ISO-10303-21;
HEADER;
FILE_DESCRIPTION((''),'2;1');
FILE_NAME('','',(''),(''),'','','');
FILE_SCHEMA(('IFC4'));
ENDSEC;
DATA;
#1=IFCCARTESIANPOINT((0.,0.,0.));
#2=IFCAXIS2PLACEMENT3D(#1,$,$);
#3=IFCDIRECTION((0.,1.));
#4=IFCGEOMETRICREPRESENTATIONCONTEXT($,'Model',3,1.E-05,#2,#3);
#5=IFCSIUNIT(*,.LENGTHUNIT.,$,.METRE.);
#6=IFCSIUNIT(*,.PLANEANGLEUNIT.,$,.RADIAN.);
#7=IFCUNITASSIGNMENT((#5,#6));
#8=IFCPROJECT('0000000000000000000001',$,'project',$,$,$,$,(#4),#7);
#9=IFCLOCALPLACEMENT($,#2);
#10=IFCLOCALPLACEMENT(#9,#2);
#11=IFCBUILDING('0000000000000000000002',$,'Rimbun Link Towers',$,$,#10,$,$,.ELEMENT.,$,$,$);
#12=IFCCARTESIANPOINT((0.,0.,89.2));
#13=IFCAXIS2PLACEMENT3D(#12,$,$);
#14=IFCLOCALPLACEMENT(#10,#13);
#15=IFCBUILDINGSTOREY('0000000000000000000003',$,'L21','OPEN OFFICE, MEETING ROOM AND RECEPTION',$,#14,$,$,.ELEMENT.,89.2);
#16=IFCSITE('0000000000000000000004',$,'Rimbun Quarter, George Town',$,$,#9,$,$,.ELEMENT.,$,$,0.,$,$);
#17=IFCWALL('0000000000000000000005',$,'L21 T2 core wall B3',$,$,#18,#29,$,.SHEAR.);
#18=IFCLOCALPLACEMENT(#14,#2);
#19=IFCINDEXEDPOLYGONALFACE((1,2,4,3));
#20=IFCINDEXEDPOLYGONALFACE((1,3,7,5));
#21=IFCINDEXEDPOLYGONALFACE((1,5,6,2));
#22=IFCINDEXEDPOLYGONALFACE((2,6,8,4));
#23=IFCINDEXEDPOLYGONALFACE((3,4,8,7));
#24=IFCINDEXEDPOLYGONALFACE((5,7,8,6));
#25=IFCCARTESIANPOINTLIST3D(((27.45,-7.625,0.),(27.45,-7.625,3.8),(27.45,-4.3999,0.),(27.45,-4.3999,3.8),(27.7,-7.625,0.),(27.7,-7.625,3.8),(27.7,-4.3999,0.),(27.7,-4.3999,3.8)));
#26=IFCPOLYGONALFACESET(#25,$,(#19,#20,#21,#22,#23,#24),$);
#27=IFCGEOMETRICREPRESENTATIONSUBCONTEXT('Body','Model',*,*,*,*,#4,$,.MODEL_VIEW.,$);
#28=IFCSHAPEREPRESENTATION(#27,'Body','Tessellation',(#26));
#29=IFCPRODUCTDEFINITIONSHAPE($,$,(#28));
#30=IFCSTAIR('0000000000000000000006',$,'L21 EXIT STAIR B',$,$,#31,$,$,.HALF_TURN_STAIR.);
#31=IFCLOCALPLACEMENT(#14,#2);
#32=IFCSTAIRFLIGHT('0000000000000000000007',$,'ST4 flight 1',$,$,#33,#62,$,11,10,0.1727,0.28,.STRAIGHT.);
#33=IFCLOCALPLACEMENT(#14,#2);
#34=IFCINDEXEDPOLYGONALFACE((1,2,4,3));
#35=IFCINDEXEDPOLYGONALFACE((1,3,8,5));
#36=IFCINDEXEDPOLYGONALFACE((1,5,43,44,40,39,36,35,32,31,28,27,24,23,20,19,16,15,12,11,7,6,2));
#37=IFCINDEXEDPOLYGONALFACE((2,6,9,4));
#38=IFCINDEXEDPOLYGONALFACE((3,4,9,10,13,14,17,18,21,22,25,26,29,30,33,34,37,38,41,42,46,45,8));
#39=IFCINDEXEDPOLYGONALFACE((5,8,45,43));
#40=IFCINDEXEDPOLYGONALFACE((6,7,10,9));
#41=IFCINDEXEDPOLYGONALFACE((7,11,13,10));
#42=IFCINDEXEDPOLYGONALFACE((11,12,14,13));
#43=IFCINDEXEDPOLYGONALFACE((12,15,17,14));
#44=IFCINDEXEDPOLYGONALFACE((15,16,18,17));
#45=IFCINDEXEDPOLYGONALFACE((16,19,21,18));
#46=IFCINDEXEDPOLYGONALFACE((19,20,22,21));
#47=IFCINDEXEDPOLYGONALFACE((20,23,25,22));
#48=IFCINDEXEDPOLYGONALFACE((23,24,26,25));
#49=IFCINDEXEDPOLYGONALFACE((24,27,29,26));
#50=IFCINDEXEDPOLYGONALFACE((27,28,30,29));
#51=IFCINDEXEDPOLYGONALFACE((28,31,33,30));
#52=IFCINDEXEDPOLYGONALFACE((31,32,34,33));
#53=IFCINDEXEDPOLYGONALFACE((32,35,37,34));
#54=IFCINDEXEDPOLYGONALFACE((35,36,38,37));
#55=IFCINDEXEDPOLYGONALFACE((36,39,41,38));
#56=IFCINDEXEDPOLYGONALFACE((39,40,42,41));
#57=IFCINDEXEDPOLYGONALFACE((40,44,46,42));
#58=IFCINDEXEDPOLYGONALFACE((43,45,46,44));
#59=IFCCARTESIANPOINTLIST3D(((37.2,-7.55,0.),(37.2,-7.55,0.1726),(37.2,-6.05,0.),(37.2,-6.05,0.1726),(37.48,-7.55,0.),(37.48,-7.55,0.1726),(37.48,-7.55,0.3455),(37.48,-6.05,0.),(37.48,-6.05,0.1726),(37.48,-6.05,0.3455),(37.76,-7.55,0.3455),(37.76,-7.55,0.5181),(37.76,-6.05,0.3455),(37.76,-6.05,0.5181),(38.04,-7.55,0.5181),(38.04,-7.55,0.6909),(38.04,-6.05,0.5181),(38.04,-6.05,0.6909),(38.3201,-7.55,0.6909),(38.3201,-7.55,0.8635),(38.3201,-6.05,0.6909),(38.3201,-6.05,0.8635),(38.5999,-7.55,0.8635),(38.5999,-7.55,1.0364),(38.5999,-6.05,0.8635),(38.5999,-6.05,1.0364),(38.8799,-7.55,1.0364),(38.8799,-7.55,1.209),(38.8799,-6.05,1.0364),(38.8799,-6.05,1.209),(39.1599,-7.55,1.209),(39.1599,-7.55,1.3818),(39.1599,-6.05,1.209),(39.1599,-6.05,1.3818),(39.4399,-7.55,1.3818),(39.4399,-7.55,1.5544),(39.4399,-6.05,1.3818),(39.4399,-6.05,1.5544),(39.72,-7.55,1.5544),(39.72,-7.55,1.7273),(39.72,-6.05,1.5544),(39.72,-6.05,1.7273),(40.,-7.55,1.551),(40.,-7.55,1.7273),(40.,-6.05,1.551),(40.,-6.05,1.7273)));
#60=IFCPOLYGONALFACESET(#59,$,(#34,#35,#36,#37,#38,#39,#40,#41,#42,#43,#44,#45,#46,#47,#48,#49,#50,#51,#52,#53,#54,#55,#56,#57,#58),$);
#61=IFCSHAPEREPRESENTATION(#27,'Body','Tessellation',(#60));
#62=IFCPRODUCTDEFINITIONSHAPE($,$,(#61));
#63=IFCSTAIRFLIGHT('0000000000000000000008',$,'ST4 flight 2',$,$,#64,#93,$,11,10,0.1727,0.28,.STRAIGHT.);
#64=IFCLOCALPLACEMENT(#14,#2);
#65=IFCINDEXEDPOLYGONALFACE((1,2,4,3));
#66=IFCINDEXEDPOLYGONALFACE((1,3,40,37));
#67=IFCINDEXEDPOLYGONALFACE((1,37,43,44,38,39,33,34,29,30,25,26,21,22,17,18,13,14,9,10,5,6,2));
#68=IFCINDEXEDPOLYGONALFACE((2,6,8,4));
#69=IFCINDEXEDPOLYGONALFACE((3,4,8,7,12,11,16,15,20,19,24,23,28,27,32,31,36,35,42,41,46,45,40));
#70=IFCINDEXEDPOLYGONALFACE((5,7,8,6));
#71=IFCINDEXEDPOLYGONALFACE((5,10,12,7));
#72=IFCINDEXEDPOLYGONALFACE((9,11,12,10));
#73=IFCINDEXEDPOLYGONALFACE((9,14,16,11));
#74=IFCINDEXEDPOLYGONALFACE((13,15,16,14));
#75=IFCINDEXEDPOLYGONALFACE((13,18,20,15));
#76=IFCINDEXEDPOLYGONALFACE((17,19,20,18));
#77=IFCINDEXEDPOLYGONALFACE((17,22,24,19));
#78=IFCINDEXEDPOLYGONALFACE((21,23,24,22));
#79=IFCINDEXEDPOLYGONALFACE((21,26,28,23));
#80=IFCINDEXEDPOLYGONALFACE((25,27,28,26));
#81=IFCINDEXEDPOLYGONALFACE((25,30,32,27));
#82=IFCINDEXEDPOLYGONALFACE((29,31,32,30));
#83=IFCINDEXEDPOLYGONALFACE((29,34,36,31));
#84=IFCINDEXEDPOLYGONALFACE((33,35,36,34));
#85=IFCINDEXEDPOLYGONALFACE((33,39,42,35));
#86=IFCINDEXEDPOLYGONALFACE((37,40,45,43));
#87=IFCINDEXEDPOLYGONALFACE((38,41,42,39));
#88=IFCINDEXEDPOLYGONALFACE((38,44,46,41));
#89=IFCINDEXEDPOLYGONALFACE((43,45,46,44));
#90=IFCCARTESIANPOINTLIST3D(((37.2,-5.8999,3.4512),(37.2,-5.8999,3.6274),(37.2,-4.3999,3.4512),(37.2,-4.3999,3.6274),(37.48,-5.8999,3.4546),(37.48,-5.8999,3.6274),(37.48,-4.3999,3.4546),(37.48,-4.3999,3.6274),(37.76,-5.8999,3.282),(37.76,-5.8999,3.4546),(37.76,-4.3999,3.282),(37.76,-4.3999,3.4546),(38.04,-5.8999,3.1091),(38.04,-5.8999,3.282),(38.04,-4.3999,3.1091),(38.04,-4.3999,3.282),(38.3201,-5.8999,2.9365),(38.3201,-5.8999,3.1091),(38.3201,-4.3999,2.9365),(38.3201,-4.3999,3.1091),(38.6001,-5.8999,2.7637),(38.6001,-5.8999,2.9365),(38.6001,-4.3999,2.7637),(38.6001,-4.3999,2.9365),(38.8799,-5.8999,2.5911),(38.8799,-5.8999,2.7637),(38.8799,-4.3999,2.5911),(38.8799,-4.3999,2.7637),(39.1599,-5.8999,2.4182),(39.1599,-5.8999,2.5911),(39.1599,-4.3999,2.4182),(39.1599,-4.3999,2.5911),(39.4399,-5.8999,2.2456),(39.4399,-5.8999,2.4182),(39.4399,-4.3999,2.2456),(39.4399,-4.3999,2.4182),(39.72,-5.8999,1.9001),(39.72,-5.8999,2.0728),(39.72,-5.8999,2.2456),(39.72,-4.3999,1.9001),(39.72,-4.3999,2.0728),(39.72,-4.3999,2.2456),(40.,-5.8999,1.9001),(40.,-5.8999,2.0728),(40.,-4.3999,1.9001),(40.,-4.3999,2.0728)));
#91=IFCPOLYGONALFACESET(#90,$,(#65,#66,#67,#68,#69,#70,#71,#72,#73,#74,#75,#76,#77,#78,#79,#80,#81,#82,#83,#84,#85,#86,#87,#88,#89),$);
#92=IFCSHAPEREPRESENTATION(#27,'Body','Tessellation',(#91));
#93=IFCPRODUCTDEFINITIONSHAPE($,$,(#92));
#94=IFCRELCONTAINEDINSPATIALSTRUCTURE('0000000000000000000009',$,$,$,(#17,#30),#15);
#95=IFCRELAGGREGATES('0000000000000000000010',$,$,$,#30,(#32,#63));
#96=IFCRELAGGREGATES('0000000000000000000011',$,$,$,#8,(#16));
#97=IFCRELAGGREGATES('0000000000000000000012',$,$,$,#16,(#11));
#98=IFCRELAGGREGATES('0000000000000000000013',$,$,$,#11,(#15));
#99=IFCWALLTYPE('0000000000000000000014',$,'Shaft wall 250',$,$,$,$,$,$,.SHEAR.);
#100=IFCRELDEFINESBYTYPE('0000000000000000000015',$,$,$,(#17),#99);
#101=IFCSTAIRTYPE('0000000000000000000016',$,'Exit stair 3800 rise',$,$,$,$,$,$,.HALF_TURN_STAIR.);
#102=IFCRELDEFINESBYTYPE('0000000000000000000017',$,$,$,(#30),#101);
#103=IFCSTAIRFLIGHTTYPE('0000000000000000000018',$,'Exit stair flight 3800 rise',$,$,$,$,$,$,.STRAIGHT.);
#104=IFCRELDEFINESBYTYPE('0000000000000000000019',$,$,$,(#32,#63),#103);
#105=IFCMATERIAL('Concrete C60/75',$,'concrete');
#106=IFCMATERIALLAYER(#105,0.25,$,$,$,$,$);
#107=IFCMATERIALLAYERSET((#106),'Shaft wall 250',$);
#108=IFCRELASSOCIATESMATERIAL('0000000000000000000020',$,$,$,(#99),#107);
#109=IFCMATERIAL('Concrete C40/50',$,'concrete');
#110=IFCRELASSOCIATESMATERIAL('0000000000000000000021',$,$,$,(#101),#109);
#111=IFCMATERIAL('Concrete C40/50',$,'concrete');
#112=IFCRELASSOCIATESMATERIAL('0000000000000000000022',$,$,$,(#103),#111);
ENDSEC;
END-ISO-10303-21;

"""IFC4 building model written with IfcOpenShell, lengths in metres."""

from ifc_helpers import new_model, si_unit, direction, frame, frame_2d, origin, place, context, subcontext, project, spatial, polyline, rectangle, outline, extrude, material, layer, layer_set, type_object, element, aggregate, save


model = new_model("IFC4")

# Units and contexts
model_context = context("Model", 3, precision=1e-05, world=origin(), true_north=direction((0.0, 1.0)))
body_context = subcontext(model_context, "Body", "Model", "MODEL_VIEW")
ifc_project = project(units=[si_unit("LENGTHUNIT", "METRE"), si_unit("PLANEANGLEUNIT", "RADIAN")], contexts=[model_context])

# Site, building, storey
site_placement = place(None, origin())
site = spatial("IfcSite", under=ifc_project, at=site_placement, Name="Rimbun Quarter, George Town", CompositionType="ELEMENT", RefElevation=0.0)
building_placement = place(site_placement, origin())
building = spatial("IfcBuilding", under=site, at=building_placement, Name="Rimbun Link Towers", CompositionType="ELEMENT")
storey_placement = place(building_placement, frame((0.0, 0.0, 89.2)))
storey = spatial("IfcBuildingStorey", under=building, at=storey_placement, Name="L21", Description="OPEN OFFICE, MEETING ROOM AND RECEPTION", CompositionType="ELEMENT", Elevation=89.2)

# Shared definitions
ifc_material_1 = material(Name="Concrete C60/75", Category="concrete")
ifc_layer = layer(ifc_material_1, 0.25)
ifc_layer_set = layer_set([ifc_layer], Name="Shaft wall 250")
wall_type = type_object("IfcWallType", Name="Shaft wall 250", PredefinedType="SHEAR", material=ifc_layer_set)

# Wall
wall_1_placement = place(storey_placement, frame((27.575, -4.3999, 0.0), z_axis=(0.0, 0.0, 1.0), x_axis=(0.0, -1.0, 0.0)))
element("IfcWall", 1, at=wall_1_placement, inside=storey, type_object=wall_type, Name="L21 T2 core wall B3", PredefinedType="SHEAR", context=body_context, shape_type="SweptSolid", body=[
    extrude(rectangle(XDim=3.2251, YDim=0.25, at=frame_2d((1.6125, 0.0))), origin(), (0.0, 0.0, 1.0), 3.8),
])

# Stair, stair flights
ifc_material_2 = material(Name="Concrete C40/50", Category="concrete")
stair_type = type_object("IfcStairType", Name="Exit stair 3800 rise", PredefinedType="HALF_TURN_STAIR", material=ifc_material_2)
stair_placement = place(storey_placement, origin())
stair = element("IfcStair", 2, at=stair_placement, inside=storey, type_object=stair_type, Name="L21 EXIT STAIR B", PredefinedType="HALF_TURN_STAIR")
ifc_material_3 = material(Name="Concrete C40/50", Category="concrete")
stair_flight_type = type_object("IfcStairFlightType", Name="Exit stair flight 3800 rise", PredefinedType="STRAIGHT", material=ifc_material_3)
stair_flight_1_placement = place(storey_placement, frame((37.2, -6.8, 0.0), z_axis=(0.0, 0.0, 1.0), x_axis=(1.0, 0.0, 0.0)))
stair_flight_1 = element("IfcStairFlight", 3, at=stair_flight_1_placement, type_object=stair_flight_type, Name="ST4 flight 1", NumberOfRisers=11, NumberOfTreads=10, PredefinedType="STRAIGHT", RiserHeight=0.1727, TreadLength=0.28, context=body_context, shape_type="SweptSolid", body=[
    extrude(outline(polyline([(0.0, 0.0), (0.0, 0.1726), (0.28, 0.1726), (0.28, 0.3455), (0.5601, 0.3455), (0.5601, 0.5181), (0.8401, 0.5181), (0.8401, 0.6909), (1.1201, 0.6909), (1.1201, 0.8635), (1.3999, 0.8635), (1.3999, 1.0364), (1.6799, 1.0364), (1.6799, 1.209), (1.96, 1.209), (1.96, 1.3818), (2.24, 1.3818), (2.24, 1.5544), (2.52, 1.5544), (2.52, 1.7273), (2.8, 1.7273), (2.8, 1.8999), (2.8, 1.551), (0.28, 0.0), (0.0, 0.0)])), frame((0.0, 0.75, 0.0), z_axis=(0.0, -1.0, 0.0), x_axis=(1.0, 0.0, 0.0)), (0.0, 0.0, 1.0), 1.5),
])
stair_flight_2_placement = place(storey_placement, frame((40.0, -5.1499, 1.9001), z_axis=(0.0, 0.0, 1.0), x_axis=(-1.0, 0.0, 0.0)))
stair_flight_2 = element("IfcStairFlight", 4, at=stair_flight_2_placement, type_object=stair_flight_type, Name="ST4 flight 2", NumberOfRisers=11, NumberOfTreads=10, PredefinedType="STRAIGHT", RiserHeight=0.1727, TreadLength=0.28, context=body_context, shape_type="SweptSolid", body=[
    extrude(outline(polyline([(0.0, 0.0), (0.0, 0.1726), (0.28, 0.1726), (0.28, 0.3455), (0.5601, 0.3455), (0.5601, 0.5181), (0.8401, 0.5181), (0.8401, 0.6909), (1.1201, 0.6909), (1.1201, 0.8635), (1.3999, 0.8635), (1.3999, 1.0364), (1.6799, 1.0364), (1.6799, 1.209), (1.96, 1.209), (1.96, 1.3818), (2.24, 1.3818), (2.24, 1.5544), (2.52, 1.5544), (2.52, 1.7273), (2.8, 1.7273), (2.8, 1.8999), (2.8, 1.551), (0.28, 0.0), (0.0, 0.0)])), frame((0.0, 0.75, 0.0), z_axis=(0.0, -1.0, 0.0), x_axis=(1.0, 0.0, 0.0)), (0.0, 0.0, 1.0), 1.5),
])
aggregate(stair, [stair_flight_1, stair_flight_2])

save(model, "model.ifc")
